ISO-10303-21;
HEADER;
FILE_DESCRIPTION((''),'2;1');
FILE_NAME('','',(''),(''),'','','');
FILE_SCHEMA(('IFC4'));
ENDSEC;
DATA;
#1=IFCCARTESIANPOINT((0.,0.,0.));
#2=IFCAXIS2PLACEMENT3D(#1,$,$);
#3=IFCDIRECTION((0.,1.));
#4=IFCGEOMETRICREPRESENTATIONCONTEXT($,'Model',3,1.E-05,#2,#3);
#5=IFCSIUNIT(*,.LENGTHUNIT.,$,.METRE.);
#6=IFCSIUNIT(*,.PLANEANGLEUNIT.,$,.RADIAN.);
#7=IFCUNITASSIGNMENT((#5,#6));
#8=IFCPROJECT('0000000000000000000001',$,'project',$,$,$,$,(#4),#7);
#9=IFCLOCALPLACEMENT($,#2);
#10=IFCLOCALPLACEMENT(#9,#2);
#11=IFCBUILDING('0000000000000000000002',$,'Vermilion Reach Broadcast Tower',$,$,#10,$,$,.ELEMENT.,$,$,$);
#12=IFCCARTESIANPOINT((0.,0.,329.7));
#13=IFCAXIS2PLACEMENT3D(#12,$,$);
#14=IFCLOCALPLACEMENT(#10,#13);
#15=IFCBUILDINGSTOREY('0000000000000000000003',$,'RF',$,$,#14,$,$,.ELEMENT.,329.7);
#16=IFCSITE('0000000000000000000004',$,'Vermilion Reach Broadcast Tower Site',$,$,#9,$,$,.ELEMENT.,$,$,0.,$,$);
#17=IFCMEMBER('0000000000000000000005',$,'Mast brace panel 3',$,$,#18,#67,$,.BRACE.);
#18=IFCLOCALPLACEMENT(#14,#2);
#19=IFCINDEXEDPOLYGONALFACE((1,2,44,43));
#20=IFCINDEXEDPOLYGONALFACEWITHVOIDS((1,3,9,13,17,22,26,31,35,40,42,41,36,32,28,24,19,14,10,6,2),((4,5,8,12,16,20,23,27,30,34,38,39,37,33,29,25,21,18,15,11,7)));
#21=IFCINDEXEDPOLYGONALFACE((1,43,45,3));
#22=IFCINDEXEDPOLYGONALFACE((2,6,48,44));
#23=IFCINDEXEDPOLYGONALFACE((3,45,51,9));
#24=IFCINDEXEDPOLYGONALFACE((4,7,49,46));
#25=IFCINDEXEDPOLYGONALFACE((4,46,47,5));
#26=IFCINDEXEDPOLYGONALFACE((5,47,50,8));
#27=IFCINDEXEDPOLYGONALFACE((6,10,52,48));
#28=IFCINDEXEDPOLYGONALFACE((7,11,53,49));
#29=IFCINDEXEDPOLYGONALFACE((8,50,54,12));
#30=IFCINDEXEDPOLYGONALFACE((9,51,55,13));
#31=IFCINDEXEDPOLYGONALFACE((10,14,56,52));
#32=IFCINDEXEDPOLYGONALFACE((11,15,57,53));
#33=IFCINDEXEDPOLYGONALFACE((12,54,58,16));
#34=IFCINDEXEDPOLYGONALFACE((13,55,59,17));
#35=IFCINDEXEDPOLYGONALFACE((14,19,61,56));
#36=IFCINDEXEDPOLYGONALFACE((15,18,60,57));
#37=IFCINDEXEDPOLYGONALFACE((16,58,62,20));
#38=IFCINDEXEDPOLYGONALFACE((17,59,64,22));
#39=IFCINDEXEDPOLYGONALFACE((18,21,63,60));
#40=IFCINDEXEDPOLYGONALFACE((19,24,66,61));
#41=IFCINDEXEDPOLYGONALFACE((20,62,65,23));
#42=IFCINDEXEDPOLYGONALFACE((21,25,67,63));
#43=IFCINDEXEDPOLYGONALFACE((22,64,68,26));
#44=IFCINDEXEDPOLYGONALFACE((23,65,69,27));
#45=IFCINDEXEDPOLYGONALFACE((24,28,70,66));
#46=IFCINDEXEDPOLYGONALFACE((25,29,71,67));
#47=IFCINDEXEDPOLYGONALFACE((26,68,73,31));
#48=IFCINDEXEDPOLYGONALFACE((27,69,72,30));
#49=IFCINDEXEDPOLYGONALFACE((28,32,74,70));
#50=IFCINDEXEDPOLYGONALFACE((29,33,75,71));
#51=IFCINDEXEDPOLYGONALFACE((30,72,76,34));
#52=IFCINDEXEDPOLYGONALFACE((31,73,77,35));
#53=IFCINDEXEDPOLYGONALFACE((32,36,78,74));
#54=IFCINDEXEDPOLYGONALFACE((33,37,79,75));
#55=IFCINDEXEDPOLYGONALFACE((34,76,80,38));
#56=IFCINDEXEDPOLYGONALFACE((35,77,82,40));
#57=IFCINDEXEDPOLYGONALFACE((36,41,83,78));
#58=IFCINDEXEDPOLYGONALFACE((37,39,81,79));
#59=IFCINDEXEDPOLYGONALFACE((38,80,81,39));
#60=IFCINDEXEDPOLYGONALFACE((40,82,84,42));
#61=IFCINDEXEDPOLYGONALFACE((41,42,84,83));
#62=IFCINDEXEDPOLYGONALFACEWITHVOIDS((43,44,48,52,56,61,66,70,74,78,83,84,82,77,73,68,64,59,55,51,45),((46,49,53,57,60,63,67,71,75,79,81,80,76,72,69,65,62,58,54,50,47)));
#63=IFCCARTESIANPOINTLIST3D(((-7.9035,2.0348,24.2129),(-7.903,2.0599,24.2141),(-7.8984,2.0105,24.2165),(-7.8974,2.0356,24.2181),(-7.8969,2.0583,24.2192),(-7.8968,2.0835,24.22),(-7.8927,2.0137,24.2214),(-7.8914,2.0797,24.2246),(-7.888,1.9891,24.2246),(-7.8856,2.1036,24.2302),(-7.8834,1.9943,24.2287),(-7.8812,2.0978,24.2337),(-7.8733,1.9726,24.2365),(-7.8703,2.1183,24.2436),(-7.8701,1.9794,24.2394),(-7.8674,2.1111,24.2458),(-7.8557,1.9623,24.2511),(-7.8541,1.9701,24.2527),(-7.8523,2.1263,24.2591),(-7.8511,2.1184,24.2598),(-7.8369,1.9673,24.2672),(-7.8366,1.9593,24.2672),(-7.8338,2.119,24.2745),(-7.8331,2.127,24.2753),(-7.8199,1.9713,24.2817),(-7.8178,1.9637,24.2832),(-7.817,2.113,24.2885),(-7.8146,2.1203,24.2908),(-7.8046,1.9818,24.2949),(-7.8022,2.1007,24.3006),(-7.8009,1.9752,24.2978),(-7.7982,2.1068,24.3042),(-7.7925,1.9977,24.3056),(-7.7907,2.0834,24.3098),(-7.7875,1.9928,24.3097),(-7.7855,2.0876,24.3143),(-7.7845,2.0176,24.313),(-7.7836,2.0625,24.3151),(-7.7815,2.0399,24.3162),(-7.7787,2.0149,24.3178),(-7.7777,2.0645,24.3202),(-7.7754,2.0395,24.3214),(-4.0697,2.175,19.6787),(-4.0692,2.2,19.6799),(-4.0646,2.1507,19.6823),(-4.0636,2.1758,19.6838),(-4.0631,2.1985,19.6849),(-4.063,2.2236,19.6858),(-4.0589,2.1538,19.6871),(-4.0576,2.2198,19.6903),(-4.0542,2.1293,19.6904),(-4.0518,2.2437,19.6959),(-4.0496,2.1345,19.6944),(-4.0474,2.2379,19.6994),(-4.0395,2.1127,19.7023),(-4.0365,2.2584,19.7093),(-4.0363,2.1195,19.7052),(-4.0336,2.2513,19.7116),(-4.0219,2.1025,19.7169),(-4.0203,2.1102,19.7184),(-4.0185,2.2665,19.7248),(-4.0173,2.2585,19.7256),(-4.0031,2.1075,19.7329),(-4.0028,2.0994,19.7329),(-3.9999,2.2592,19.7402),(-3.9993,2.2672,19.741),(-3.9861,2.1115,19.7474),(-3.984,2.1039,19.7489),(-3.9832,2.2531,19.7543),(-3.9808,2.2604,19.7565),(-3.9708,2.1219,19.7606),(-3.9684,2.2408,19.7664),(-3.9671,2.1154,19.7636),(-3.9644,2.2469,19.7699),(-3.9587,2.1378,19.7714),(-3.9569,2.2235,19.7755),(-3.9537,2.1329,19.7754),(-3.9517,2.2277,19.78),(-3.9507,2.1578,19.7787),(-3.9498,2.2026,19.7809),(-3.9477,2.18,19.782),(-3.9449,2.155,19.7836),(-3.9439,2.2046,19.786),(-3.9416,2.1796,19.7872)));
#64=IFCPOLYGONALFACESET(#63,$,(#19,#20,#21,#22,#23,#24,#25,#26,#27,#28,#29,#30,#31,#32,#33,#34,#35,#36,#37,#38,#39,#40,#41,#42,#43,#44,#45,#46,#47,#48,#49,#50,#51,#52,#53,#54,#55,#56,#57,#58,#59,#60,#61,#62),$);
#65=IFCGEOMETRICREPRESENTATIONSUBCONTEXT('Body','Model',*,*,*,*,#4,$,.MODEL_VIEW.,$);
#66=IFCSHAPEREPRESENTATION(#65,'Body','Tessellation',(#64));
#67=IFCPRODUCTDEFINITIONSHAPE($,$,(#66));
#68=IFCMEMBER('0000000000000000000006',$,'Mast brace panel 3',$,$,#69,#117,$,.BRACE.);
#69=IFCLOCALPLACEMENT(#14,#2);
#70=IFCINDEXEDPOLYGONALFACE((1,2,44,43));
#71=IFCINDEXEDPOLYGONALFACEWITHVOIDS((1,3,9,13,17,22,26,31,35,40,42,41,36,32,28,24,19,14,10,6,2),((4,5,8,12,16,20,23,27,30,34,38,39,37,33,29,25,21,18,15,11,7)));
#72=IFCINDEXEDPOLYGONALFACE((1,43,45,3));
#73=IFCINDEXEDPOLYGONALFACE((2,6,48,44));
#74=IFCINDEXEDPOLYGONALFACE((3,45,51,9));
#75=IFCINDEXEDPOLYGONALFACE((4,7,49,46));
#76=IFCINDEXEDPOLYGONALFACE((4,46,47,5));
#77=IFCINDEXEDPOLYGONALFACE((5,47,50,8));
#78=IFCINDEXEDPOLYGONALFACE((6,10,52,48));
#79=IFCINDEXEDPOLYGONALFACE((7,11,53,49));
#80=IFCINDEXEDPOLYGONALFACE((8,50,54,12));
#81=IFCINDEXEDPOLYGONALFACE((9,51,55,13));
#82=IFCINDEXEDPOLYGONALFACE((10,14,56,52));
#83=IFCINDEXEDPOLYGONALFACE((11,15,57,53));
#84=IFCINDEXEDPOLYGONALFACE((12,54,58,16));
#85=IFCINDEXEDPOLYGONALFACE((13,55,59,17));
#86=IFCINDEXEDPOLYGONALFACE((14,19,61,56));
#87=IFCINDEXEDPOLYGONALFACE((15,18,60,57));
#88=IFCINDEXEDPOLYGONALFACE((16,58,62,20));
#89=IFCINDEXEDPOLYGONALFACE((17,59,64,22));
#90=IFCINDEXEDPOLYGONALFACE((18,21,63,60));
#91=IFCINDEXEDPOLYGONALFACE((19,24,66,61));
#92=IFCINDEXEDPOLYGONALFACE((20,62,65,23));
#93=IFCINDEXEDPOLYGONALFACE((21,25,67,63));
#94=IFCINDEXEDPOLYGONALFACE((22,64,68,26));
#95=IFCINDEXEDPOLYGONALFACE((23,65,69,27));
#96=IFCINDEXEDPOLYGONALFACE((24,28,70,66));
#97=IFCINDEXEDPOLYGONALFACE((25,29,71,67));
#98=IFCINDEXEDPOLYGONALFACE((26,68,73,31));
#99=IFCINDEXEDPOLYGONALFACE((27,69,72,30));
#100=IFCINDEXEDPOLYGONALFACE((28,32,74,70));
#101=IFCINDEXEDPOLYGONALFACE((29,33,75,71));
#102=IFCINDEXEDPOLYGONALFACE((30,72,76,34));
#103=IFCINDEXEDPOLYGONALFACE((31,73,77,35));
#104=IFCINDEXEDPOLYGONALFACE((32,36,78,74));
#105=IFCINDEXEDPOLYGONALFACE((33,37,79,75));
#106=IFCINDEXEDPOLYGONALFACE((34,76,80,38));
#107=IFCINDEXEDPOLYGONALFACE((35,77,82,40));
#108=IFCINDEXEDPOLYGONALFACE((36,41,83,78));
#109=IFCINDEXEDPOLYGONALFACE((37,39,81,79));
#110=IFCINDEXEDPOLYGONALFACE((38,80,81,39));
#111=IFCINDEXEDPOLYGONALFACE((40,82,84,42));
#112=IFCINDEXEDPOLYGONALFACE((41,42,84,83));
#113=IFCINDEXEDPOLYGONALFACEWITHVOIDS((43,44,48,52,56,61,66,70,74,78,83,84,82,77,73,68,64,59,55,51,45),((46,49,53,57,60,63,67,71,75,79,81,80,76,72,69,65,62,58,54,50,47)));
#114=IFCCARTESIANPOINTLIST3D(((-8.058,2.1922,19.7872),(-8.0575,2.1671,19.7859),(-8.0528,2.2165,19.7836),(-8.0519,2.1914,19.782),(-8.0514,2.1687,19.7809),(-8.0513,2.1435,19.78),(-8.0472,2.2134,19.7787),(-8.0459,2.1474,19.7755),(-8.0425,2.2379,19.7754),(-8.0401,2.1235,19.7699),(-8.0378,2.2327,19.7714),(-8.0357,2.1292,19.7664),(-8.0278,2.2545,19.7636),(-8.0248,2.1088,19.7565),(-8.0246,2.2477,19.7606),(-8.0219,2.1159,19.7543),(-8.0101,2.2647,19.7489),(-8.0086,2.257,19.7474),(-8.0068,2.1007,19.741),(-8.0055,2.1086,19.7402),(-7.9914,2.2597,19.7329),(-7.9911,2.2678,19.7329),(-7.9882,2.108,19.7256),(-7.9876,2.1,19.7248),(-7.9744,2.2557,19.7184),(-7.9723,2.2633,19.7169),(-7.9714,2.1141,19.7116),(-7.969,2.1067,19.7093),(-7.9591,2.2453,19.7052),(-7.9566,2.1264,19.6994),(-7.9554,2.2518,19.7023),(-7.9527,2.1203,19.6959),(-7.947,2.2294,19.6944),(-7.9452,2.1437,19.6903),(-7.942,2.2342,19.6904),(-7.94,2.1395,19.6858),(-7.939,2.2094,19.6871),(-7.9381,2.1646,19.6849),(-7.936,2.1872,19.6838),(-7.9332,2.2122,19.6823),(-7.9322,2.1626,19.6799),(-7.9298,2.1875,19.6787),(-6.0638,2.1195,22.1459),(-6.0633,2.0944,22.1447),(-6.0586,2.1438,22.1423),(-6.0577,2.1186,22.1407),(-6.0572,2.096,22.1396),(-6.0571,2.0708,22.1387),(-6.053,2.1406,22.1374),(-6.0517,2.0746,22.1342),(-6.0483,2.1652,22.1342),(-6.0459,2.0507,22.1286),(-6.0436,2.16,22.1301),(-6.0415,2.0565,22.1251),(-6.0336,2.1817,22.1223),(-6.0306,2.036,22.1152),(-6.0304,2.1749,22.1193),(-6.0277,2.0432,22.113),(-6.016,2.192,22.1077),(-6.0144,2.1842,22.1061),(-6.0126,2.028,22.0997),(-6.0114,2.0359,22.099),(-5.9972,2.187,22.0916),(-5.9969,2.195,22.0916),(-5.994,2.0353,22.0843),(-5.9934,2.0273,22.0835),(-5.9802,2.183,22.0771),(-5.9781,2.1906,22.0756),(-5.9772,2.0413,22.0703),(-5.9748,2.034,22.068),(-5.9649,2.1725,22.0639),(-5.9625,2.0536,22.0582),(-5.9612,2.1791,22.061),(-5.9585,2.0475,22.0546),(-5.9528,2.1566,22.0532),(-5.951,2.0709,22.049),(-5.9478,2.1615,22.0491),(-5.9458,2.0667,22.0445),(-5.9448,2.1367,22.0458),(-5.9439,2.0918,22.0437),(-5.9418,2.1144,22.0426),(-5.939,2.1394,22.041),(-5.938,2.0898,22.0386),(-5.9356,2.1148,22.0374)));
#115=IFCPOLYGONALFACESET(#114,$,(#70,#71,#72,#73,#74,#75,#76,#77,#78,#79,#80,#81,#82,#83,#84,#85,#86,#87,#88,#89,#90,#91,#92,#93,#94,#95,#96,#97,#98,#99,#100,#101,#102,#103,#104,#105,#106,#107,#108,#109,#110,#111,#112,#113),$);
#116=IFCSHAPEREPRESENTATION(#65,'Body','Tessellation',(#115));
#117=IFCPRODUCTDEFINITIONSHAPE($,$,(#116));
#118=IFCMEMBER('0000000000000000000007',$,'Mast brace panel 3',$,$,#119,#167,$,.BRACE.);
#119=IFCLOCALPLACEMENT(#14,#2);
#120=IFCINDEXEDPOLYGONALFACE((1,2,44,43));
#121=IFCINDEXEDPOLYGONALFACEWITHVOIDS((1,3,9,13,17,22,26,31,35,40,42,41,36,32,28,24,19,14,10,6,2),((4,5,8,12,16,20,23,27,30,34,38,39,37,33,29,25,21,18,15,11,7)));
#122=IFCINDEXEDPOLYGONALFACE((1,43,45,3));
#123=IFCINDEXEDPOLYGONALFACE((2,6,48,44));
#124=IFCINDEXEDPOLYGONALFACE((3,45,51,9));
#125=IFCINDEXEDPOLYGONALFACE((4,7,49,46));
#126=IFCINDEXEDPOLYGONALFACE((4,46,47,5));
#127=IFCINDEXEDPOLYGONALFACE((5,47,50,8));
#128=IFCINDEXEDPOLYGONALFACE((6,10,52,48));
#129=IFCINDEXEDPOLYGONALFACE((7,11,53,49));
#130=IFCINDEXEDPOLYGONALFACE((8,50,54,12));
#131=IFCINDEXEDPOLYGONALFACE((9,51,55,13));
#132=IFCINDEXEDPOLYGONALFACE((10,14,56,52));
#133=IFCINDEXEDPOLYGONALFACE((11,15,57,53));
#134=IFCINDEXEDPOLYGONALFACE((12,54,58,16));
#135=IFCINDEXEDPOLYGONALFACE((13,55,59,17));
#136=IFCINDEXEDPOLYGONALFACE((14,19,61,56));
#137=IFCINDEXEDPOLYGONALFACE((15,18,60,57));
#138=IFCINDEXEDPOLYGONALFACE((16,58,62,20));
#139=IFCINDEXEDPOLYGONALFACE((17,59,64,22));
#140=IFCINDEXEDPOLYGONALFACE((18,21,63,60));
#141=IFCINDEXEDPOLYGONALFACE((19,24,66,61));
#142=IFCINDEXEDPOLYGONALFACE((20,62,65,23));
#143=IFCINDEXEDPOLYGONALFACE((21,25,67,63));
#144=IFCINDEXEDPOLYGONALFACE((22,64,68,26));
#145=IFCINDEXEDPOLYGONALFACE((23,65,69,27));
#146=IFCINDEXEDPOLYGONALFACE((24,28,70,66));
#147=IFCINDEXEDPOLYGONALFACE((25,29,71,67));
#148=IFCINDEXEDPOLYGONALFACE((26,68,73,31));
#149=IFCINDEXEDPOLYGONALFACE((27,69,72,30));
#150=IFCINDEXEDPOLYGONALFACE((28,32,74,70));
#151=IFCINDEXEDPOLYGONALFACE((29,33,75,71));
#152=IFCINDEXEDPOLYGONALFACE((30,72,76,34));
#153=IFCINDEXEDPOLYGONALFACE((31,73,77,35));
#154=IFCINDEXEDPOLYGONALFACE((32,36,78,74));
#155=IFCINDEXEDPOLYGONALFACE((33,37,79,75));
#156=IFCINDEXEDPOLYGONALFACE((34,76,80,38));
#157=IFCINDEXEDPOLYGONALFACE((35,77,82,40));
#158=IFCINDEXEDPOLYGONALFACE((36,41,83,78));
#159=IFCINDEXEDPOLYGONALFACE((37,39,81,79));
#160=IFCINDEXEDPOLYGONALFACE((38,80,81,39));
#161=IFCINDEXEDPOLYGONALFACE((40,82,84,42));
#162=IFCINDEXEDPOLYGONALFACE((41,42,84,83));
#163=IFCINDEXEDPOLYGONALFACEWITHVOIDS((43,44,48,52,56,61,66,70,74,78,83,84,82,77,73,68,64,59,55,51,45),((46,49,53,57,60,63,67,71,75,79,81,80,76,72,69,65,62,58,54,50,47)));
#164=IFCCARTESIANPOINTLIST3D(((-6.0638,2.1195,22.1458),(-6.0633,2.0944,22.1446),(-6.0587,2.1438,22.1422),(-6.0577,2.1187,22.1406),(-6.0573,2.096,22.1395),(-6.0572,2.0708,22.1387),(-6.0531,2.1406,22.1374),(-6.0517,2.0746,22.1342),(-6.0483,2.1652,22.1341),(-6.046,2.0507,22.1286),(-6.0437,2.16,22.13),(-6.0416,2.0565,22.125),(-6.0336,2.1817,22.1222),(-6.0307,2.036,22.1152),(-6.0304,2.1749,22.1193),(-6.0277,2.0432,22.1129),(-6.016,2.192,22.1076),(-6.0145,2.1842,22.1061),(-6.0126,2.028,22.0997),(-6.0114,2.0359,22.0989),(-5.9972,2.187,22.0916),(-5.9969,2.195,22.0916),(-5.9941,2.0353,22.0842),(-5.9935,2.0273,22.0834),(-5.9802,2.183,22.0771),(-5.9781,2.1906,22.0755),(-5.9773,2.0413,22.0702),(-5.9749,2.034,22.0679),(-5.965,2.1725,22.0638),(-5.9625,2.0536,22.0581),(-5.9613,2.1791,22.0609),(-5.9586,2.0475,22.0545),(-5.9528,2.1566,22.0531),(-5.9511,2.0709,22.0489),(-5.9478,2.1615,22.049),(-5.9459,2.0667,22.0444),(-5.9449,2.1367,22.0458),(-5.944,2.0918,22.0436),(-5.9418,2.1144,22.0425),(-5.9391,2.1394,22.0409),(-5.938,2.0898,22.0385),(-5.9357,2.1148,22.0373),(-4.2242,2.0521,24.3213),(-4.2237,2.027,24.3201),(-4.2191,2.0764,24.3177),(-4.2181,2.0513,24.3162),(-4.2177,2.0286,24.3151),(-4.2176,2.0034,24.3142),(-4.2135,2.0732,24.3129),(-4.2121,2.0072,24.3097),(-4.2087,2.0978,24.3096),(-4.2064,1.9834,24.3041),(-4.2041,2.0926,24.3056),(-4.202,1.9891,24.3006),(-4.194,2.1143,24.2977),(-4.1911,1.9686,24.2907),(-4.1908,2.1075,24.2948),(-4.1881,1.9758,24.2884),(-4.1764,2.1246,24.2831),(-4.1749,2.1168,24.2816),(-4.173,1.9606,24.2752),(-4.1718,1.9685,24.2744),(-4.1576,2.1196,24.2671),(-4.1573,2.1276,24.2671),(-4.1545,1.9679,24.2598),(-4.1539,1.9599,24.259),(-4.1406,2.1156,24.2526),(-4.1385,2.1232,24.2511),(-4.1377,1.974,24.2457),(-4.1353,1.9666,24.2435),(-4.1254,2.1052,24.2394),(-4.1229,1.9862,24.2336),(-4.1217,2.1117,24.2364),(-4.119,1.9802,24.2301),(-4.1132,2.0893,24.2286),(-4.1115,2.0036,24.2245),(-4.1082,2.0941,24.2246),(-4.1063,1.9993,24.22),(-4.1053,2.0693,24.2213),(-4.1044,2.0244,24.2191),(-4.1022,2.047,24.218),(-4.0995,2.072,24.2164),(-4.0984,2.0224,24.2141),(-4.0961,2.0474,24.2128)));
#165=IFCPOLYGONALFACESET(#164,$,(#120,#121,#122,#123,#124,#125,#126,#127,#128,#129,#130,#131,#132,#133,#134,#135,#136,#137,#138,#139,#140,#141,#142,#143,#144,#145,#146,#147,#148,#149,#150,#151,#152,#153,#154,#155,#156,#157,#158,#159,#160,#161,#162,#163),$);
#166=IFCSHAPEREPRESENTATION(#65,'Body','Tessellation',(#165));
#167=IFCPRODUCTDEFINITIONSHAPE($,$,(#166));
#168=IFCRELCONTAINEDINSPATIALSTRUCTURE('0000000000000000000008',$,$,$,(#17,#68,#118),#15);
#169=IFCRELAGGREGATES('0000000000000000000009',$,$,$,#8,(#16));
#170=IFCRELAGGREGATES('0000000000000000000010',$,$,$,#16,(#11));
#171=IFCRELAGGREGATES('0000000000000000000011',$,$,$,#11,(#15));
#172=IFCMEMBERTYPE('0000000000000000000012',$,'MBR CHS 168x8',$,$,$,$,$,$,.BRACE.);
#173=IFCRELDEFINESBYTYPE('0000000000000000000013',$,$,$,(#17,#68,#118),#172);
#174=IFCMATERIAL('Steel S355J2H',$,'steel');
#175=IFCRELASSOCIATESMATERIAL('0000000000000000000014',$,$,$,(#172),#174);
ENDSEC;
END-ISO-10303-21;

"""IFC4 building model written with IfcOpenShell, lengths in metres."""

from ifc_helpers import new_model, si_unit, direction, frame, origin, origin_2d, place, context, subcontext, project, spatial, hollow_circle, extrude, material, material_profile, profile_set, type_object, element, save


model = new_model("IFC4")

# Units and contexts
model_context = context("Model", 3, precision=1e-05, world=origin(), true_north=direction((0.0, 1.0)))
body_context = subcontext(model_context, "Body", "Model", "MODEL_VIEW")
ifc_project = project(units=[si_unit("LENGTHUNIT", "METRE"), si_unit("PLANEANGLEUNIT", "RADIAN")], contexts=[model_context])

# Site, building, storey
site_placement = place(None, origin())
site = spatial("IfcSite", under=ifc_project, at=site_placement, Name="Vermilion Reach Broadcast Tower Site", CompositionType="ELEMENT", RefElevation=0.0)
building_placement = place(site_placement, origin())
building = spatial("IfcBuilding", under=site, at=building_placement, Name="Vermilion Reach Broadcast Tower", CompositionType="ELEMENT")
storey_placement = place(building_placement, frame((0.0, 0.0, 329.7)))
storey = spatial("IfcBuildingStorey", under=building, at=storey_placement, Name="RF", CompositionType="ELEMENT", Elevation=329.7)

# Members
ifc_material_1 = material(Name="Steel S355J2H", Category="steel")
ifc_material_profile_1 = material_profile(ifc_material_1, hollow_circle(Radius=0.0842, WallThickness=0.0081, at=origin_2d()), Name="S355J2H CHS 168x8")
ifc_profile_set_1 = profile_set([ifc_material_profile_1], Name="Steel S355J2H")
member_type_1 = type_object("IfcMemberType", Name="MBR CHS 168x8", PredefinedType="BRACE", material=ifc_profile_set_1)
member_1_placement = place(storey_placement, frame((-4.0059, 2.1836, 19.7329), z_axis=(-0.64548, -0.023595, 0.763412), x_axis=(0.036529, -0.999333, 0.0)))
element("IfcMember", 1, at=member_1_placement, inside=storey, type_object=member_type_1, Name="Mast brace panel 3", PredefinedType="BRACE", context=body_context, shape_type="SweptSolid", body=[
    extrude(hollow_circle(Radius=0.0842, WallThickness=0.0081, at=origin_2d()), origin(), (0.0, 0.0, 1.0), 5.9395),
])
member_2_placement = place(storey_placement, frame((-7.9941, 2.1836, 19.7329), z_axis=(0.645455, -0.023549, 0.763435), x_axis=(0.03646, 0.999335, 0.0)))
element("IfcMember", 2, at=member_2_placement, inside=storey, type_object=member_type_1, Name="Mast brace panel 3", PredefinedType="BRACE", context=body_context, shape_type="SweptSolid", body=[
    extrude(hollow_circle(Radius=0.0842, WallThickness=0.0081, at=origin_2d()), origin(), (0.0, 0.0, 1.0), 3.0896),
])
member_3_placement = place(storey_placement, frame((-6.0, 2.1108, 22.0916), z_axis=(0.645508, -0.023644, 0.763387), x_axis=(0.036605, 0.99933, 0.0)))
element("IfcMember", 3, at=member_3_placement, inside=storey, type_object=member_type_1, Name="Mast brace panel 3", PredefinedType="BRACE", context=body_context, shape_type="SweptSolid", body=[
    extrude(hollow_circle(Radius=0.0842, WallThickness=0.0081, at=origin_2d()), origin(), (0.0, 0.0, 1.0), 2.8499),
])

save(model, "model.ifc")
